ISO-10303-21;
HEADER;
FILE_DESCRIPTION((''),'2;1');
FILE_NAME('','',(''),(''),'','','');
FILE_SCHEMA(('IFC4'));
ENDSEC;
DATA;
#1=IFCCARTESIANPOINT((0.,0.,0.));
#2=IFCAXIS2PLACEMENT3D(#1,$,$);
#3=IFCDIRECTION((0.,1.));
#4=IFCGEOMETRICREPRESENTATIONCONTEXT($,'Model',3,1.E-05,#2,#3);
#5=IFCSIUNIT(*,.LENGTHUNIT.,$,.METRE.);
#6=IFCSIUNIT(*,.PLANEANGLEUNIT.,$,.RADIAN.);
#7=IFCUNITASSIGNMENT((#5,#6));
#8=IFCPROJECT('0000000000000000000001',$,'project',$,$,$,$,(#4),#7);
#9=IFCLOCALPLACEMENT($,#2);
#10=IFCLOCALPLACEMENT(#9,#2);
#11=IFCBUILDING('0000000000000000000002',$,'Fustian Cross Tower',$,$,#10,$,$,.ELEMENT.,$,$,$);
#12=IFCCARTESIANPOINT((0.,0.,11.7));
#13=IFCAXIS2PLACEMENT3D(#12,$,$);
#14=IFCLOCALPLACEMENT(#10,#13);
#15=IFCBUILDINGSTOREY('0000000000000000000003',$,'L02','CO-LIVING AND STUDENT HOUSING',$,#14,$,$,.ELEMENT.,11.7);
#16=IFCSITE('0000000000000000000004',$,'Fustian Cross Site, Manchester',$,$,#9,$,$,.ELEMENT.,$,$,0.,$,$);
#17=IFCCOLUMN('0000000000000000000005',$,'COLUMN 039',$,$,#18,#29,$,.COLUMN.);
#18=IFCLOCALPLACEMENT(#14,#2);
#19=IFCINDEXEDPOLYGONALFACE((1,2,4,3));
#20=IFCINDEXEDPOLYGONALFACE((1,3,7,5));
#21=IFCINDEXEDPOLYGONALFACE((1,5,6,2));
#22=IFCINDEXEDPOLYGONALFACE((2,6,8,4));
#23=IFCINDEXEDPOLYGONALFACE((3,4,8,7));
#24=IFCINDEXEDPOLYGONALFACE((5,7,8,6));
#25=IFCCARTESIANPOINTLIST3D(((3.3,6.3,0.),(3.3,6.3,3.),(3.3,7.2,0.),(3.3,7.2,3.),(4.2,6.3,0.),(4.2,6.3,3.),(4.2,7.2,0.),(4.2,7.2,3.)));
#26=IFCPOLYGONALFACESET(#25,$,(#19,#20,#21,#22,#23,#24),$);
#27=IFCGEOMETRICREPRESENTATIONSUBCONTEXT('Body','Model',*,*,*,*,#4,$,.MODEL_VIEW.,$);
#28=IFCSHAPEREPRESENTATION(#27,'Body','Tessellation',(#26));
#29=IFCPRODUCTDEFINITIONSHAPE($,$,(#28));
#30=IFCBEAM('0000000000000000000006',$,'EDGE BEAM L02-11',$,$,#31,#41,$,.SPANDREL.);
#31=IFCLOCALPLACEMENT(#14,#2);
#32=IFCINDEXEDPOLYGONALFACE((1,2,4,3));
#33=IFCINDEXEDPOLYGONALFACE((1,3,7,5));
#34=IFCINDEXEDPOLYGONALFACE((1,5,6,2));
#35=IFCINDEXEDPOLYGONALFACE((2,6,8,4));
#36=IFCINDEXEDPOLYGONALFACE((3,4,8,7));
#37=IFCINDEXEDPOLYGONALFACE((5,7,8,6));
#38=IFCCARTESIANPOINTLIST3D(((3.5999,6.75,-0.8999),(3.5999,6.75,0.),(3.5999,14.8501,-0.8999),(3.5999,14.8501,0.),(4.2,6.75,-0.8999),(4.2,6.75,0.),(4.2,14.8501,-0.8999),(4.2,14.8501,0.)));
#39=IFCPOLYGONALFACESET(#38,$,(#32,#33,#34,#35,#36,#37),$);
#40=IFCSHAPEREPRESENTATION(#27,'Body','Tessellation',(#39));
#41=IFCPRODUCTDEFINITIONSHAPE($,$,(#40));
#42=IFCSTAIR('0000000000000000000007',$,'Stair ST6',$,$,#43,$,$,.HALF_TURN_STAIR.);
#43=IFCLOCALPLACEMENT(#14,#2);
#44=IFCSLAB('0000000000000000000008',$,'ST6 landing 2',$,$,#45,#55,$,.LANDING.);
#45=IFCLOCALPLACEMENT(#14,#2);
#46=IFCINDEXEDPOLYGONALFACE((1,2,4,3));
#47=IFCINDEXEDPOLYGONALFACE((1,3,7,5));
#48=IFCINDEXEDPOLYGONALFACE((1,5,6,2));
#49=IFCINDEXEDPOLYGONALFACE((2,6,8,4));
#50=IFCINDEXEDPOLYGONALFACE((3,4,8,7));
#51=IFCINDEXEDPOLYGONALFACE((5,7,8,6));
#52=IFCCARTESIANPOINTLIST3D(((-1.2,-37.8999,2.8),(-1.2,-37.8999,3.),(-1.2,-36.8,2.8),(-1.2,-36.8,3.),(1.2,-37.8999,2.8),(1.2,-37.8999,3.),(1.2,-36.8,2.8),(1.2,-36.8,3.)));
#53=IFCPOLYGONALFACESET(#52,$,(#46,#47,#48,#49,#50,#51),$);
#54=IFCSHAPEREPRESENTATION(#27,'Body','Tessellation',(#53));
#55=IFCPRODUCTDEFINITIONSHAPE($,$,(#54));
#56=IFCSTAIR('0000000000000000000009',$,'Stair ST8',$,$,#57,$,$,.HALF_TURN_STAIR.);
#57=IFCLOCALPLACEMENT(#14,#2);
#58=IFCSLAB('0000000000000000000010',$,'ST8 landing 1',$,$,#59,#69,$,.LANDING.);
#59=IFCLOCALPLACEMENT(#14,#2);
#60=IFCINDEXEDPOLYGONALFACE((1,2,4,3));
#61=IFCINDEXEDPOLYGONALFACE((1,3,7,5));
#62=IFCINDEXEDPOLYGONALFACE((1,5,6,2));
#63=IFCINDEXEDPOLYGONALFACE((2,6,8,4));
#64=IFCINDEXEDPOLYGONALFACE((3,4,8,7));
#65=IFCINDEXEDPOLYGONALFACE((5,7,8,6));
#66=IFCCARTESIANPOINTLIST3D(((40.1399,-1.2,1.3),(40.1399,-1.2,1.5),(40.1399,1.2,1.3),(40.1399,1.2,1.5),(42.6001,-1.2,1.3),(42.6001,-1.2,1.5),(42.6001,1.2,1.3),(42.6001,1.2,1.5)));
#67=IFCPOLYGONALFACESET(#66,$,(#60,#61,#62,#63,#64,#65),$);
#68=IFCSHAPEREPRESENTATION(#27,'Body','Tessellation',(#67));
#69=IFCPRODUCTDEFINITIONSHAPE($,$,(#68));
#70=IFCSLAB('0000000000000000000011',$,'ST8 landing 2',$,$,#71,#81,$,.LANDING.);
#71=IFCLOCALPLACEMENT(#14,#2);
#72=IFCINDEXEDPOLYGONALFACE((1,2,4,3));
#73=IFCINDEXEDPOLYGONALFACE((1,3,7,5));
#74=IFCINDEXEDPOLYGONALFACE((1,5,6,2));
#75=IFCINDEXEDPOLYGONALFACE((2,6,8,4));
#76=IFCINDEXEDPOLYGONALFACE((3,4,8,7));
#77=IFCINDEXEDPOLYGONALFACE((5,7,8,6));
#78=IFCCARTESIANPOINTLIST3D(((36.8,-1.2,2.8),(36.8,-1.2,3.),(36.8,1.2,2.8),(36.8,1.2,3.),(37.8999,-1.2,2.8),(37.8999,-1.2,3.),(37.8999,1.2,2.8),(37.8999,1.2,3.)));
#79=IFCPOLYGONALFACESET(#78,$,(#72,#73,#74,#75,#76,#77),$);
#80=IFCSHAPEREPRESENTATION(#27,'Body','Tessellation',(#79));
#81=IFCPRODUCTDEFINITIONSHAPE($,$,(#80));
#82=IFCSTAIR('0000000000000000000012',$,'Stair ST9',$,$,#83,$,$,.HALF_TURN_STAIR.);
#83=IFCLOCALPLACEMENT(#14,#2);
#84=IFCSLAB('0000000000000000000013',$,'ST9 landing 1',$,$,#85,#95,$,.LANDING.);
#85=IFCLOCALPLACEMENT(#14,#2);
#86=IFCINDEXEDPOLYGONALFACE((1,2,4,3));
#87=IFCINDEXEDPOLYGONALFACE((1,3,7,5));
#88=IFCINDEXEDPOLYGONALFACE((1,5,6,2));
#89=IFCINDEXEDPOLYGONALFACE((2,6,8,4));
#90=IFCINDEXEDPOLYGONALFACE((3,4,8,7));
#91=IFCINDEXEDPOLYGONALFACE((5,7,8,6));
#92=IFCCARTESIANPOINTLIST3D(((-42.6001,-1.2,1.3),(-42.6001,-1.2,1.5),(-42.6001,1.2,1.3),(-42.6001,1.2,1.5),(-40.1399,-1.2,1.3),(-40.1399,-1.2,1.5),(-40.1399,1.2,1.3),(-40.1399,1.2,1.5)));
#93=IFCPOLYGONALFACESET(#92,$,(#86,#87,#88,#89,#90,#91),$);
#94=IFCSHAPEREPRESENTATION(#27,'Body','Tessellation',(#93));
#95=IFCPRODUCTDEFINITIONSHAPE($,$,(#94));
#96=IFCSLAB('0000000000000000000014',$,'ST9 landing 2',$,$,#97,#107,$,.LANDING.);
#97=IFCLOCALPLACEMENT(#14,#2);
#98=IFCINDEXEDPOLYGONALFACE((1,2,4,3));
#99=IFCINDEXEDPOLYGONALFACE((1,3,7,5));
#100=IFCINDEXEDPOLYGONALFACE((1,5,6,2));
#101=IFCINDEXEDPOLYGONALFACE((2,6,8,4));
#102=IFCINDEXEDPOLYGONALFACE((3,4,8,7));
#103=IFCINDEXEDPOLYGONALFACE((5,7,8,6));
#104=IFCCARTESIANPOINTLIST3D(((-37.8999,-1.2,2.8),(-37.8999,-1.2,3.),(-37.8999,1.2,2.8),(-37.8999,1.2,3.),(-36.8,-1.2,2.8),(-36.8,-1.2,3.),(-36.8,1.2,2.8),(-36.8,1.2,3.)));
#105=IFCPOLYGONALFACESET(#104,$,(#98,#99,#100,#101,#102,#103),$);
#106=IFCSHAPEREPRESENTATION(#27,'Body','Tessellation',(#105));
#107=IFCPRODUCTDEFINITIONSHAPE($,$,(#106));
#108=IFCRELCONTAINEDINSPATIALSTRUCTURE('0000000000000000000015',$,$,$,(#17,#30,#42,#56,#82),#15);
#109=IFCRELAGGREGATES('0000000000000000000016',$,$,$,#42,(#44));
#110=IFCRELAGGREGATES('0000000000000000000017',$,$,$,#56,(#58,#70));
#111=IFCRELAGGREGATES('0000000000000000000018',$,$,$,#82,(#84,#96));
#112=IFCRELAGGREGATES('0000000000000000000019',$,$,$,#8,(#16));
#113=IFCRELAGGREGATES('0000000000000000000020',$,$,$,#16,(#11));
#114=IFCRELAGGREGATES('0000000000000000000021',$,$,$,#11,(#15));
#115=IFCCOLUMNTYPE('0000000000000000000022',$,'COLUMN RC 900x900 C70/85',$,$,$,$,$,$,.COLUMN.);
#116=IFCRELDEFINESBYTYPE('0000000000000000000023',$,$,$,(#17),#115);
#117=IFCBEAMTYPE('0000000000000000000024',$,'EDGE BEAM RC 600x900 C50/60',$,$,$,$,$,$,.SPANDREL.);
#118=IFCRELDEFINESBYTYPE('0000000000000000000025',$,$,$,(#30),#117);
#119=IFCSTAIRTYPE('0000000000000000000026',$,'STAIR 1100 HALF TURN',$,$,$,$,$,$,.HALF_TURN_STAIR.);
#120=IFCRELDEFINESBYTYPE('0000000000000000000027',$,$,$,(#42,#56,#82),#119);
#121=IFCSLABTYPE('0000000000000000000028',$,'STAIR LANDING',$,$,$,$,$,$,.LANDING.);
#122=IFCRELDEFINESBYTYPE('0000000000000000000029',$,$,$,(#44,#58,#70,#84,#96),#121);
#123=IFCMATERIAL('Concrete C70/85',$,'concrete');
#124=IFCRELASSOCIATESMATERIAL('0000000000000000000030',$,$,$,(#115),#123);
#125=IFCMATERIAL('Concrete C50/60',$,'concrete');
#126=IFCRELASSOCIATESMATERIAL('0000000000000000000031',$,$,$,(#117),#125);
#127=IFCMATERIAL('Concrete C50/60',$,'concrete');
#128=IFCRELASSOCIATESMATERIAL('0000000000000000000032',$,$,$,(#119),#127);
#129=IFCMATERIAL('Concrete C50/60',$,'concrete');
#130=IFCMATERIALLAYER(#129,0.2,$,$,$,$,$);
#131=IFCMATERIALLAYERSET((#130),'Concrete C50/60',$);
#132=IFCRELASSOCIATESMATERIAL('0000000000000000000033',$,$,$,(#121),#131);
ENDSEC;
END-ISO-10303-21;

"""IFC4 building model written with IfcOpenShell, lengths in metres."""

from ifc_helpers import new_model, si_unit, direction, frame, origin, origin_2d, place, context, subcontext, project, spatial, polyline, rectangle, outline, extrude, material, layer, layer_set, material_profile, profile_set, type_object, element, aggregate, save


model = new_model("IFC4")

# Units and contexts
model_context = context("Model", 3, precision=1e-05, world=origin(), true_north=direction((0.0, 1.0)))
body_context = subcontext(model_context, "Body", "Model", "MODEL_VIEW")
ifc_project = project(units=[si_unit("LENGTHUNIT", "METRE"), si_unit("PLANEANGLEUNIT", "RADIAN")], contexts=[model_context])

# Site, building, storey
site_placement = place(None, origin())
site = spatial("IfcSite", under=ifc_project, at=site_placement, Name="Fustian Cross Site, Manchester", CompositionType="ELEMENT", RefElevation=0.0)
building_placement = place(site_placement, origin())
building = spatial("IfcBuilding", under=site, at=building_placement, Name="Fustian Cross Tower", CompositionType="ELEMENT")
storey_placement = place(building_placement, frame((0.0, 0.0, 11.7)))
storey = spatial("IfcBuildingStorey", under=building, at=storey_placement, Name="L02", Description="CO-LIVING AND STUDENT HOUSING", CompositionType="ELEMENT", Elevation=11.7)

# Column
ifc_material_1 = material(Name="Concrete C70/85", Category="concrete")
ifc_material_profile_1 = material_profile(ifc_material_1, rectangle(XDim=0.8999, YDim=0.8999, at=origin_2d()), Name="RC 900x900")
ifc_profile_set_1 = profile_set([ifc_material_profile_1], Name="Concrete C70/85")
column_type = type_object("IfcColumnType", Name="COLUMN RC 900x900 C70/85", PredefinedType="COLUMN", material=ifc_profile_set_1)
column_placement = place(storey_placement, frame((3.75, 6.75, 0.0), z_axis=(0.0, 0.0, 1.0), x_axis=(1.0, 0.0, 0.0)))
element("IfcColumn", 1, at=column_placement, inside=storey, type_object=column_type, Name="COLUMN 039", PredefinedType="COLUMN", context=body_context, shape_type="SweptSolid", body=[
    extrude(rectangle(XDim=0.8999, YDim=0.8999, at=origin_2d()), origin(), (0.0, 0.0, 1.0), 3.0),
])

# Beam
ifc_material_2 = material(Name="Concrete C50/60", Category="concrete")
ifc_material_profile_2 = material_profile(ifc_material_2, rectangle(XDim=0.6001, YDim=0.8999, at=origin_2d()), Name="RC 600x900")
ifc_profile_set_2 = profile_set([ifc_material_profile_2], Name="Concrete C50/60")
beam_type = type_object("IfcBeamType", Name="EDGE BEAM RC 600x900 C50/60", PredefinedType="SPANDREL", material=ifc_profile_set_2)
beam_placement = place(storey_placement, frame((3.8999, 6.75, -0.45), z_axis=(0.0, 1.0, 0.0), x_axis=(-1.0, 0.0, 0.0)))
element("IfcBeam", 2, at=beam_placement, inside=storey, type_object=beam_type, Name="EDGE BEAM L02-11", PredefinedType="SPANDREL", context=body_context, shape_type="SweptSolid", body=[
    extrude(rectangle(XDim=0.6001, YDim=0.8999, at=origin_2d()), origin(), (0.0, 0.0, 1.0), 8.1001),
])

# Stair, slab
ifc_material_3 = material(Name="Concrete C50/60", Category="concrete")
stair_type = type_object("IfcStairType", Name="STAIR 1100 HALF TURN", PredefinedType="HALF_TURN_STAIR", material=ifc_material_3)
stair_1_placement = place(storey_placement, origin())
stair_1 = element("IfcStair", 3, at=stair_1_placement, inside=storey, type_object=stair_type, Name="Stair ST6", PredefinedType="HALF_TURN_STAIR")
ifc_material_4 = material(Name="Concrete C50/60", Category="concrete")
ifc_layer_1 = layer(ifc_material_4, 0.2)
ifc_layer_set_1 = layer_set([ifc_layer_1], Name="Concrete C50/60")
slab_type = type_object("IfcSlabType", Name="STAIR LANDING", PredefinedType="LANDING", material=ifc_layer_set_1)
slab_1_placement = place(storey_placement, frame((0.0, 0.0, 2.8)))
slab_1 = element("IfcSlab", 4, at=slab_1_placement, type_object=slab_type, Name="ST6 landing 2", PredefinedType="LANDING", context=body_context, shape_type="SweptSolid", body=[
    extrude(outline(polyline([(-1.2, -36.8), (-1.2, -37.8999), (1.2, -37.8999), (1.2, -36.8), (-1.2, -36.8)])), origin(), (0.0, 0.0, 1.0), 0.2),
])
aggregate(stair_1, [slab_1])

# Stairs, slabs
stair_2_placement = place(storey_placement, origin())
stair_2 = element("IfcStair", 5, at=stair_2_placement, inside=storey, type_object=stair_type, Name="Stair ST8", PredefinedType="HALF_TURN_STAIR")
slab_2_placement = place(storey_placement, frame((0.0, 0.0, 1.3)))
slab_2 = element("IfcSlab", 6, at=slab_2_placement, type_object=slab_type, Name="ST8 landing 1", PredefinedType="LANDING", context=body_context, shape_type="SweptSolid", body=[
    extrude(outline(polyline([(40.1399, -1.2), (42.6001, -1.2), (42.6001, 1.2), (40.1399, 1.2), (40.1399, -1.2)])), origin(), (0.0, 0.0, 1.0), 0.2),
])
slab_3_placement = place(storey_placement, frame((0.0, 0.0, 2.8)))
slab_3 = element("IfcSlab", 7, at=slab_3_placement, type_object=slab_type, Name="ST8 landing 2", PredefinedType="LANDING", context=body_context, shape_type="SweptSolid", body=[
    extrude(outline(polyline([(36.8, -1.2), (37.8999, -1.2), (37.8999, 1.2), (36.8, 1.2), (36.8, -1.2)])), origin(), (0.0, 0.0, 1.0), 0.2),
])
aggregate(stair_2, [slab_2, slab_3])
stair_3_placement = place(storey_placement, origin())
stair_3 = element("IfcStair", 8, at=stair_3_placement, inside=storey, type_object=stair_type, Name="Stair ST9", PredefinedType="HALF_TURN_STAIR")
slab_4_placement = place(storey_placement, frame((0.0, 0.0, 1.3)))
slab_4 = element("IfcSlab", 9, at=slab_4_placement, type_object=slab_type, Name="ST9 landing 1", PredefinedType="LANDING", context=body_context, shape_type="SweptSolid", body=[
    extrude(outline(polyline([(-40.1399, -1.2), (-42.6001, -1.2), (-42.6001, 1.2), (-40.1399, 1.2), (-40.1399, -1.2)])), origin(), (0.0, 0.0, 1.0), 0.2),
])
slab_5_placement = place(storey_placement, frame((0.0, 0.0, 2.8)))
slab_5 = element("IfcSlab", 10, at=slab_5_placement, type_object=slab_type, Name="ST9 landing 2", PredefinedType="LANDING", context=body_context, shape_type="SweptSolid", body=[
    extrude(outline(polyline([(-36.8, -1.2), (-37.8999, -1.2), (-37.8999, 1.2), (-36.8, 1.2), (-36.8, -1.2)])), origin(), (0.0, 0.0, 1.0), 0.2),
])
aggregate(stair_3, [slab_4, slab_5])

save(model, "model.ifc")
